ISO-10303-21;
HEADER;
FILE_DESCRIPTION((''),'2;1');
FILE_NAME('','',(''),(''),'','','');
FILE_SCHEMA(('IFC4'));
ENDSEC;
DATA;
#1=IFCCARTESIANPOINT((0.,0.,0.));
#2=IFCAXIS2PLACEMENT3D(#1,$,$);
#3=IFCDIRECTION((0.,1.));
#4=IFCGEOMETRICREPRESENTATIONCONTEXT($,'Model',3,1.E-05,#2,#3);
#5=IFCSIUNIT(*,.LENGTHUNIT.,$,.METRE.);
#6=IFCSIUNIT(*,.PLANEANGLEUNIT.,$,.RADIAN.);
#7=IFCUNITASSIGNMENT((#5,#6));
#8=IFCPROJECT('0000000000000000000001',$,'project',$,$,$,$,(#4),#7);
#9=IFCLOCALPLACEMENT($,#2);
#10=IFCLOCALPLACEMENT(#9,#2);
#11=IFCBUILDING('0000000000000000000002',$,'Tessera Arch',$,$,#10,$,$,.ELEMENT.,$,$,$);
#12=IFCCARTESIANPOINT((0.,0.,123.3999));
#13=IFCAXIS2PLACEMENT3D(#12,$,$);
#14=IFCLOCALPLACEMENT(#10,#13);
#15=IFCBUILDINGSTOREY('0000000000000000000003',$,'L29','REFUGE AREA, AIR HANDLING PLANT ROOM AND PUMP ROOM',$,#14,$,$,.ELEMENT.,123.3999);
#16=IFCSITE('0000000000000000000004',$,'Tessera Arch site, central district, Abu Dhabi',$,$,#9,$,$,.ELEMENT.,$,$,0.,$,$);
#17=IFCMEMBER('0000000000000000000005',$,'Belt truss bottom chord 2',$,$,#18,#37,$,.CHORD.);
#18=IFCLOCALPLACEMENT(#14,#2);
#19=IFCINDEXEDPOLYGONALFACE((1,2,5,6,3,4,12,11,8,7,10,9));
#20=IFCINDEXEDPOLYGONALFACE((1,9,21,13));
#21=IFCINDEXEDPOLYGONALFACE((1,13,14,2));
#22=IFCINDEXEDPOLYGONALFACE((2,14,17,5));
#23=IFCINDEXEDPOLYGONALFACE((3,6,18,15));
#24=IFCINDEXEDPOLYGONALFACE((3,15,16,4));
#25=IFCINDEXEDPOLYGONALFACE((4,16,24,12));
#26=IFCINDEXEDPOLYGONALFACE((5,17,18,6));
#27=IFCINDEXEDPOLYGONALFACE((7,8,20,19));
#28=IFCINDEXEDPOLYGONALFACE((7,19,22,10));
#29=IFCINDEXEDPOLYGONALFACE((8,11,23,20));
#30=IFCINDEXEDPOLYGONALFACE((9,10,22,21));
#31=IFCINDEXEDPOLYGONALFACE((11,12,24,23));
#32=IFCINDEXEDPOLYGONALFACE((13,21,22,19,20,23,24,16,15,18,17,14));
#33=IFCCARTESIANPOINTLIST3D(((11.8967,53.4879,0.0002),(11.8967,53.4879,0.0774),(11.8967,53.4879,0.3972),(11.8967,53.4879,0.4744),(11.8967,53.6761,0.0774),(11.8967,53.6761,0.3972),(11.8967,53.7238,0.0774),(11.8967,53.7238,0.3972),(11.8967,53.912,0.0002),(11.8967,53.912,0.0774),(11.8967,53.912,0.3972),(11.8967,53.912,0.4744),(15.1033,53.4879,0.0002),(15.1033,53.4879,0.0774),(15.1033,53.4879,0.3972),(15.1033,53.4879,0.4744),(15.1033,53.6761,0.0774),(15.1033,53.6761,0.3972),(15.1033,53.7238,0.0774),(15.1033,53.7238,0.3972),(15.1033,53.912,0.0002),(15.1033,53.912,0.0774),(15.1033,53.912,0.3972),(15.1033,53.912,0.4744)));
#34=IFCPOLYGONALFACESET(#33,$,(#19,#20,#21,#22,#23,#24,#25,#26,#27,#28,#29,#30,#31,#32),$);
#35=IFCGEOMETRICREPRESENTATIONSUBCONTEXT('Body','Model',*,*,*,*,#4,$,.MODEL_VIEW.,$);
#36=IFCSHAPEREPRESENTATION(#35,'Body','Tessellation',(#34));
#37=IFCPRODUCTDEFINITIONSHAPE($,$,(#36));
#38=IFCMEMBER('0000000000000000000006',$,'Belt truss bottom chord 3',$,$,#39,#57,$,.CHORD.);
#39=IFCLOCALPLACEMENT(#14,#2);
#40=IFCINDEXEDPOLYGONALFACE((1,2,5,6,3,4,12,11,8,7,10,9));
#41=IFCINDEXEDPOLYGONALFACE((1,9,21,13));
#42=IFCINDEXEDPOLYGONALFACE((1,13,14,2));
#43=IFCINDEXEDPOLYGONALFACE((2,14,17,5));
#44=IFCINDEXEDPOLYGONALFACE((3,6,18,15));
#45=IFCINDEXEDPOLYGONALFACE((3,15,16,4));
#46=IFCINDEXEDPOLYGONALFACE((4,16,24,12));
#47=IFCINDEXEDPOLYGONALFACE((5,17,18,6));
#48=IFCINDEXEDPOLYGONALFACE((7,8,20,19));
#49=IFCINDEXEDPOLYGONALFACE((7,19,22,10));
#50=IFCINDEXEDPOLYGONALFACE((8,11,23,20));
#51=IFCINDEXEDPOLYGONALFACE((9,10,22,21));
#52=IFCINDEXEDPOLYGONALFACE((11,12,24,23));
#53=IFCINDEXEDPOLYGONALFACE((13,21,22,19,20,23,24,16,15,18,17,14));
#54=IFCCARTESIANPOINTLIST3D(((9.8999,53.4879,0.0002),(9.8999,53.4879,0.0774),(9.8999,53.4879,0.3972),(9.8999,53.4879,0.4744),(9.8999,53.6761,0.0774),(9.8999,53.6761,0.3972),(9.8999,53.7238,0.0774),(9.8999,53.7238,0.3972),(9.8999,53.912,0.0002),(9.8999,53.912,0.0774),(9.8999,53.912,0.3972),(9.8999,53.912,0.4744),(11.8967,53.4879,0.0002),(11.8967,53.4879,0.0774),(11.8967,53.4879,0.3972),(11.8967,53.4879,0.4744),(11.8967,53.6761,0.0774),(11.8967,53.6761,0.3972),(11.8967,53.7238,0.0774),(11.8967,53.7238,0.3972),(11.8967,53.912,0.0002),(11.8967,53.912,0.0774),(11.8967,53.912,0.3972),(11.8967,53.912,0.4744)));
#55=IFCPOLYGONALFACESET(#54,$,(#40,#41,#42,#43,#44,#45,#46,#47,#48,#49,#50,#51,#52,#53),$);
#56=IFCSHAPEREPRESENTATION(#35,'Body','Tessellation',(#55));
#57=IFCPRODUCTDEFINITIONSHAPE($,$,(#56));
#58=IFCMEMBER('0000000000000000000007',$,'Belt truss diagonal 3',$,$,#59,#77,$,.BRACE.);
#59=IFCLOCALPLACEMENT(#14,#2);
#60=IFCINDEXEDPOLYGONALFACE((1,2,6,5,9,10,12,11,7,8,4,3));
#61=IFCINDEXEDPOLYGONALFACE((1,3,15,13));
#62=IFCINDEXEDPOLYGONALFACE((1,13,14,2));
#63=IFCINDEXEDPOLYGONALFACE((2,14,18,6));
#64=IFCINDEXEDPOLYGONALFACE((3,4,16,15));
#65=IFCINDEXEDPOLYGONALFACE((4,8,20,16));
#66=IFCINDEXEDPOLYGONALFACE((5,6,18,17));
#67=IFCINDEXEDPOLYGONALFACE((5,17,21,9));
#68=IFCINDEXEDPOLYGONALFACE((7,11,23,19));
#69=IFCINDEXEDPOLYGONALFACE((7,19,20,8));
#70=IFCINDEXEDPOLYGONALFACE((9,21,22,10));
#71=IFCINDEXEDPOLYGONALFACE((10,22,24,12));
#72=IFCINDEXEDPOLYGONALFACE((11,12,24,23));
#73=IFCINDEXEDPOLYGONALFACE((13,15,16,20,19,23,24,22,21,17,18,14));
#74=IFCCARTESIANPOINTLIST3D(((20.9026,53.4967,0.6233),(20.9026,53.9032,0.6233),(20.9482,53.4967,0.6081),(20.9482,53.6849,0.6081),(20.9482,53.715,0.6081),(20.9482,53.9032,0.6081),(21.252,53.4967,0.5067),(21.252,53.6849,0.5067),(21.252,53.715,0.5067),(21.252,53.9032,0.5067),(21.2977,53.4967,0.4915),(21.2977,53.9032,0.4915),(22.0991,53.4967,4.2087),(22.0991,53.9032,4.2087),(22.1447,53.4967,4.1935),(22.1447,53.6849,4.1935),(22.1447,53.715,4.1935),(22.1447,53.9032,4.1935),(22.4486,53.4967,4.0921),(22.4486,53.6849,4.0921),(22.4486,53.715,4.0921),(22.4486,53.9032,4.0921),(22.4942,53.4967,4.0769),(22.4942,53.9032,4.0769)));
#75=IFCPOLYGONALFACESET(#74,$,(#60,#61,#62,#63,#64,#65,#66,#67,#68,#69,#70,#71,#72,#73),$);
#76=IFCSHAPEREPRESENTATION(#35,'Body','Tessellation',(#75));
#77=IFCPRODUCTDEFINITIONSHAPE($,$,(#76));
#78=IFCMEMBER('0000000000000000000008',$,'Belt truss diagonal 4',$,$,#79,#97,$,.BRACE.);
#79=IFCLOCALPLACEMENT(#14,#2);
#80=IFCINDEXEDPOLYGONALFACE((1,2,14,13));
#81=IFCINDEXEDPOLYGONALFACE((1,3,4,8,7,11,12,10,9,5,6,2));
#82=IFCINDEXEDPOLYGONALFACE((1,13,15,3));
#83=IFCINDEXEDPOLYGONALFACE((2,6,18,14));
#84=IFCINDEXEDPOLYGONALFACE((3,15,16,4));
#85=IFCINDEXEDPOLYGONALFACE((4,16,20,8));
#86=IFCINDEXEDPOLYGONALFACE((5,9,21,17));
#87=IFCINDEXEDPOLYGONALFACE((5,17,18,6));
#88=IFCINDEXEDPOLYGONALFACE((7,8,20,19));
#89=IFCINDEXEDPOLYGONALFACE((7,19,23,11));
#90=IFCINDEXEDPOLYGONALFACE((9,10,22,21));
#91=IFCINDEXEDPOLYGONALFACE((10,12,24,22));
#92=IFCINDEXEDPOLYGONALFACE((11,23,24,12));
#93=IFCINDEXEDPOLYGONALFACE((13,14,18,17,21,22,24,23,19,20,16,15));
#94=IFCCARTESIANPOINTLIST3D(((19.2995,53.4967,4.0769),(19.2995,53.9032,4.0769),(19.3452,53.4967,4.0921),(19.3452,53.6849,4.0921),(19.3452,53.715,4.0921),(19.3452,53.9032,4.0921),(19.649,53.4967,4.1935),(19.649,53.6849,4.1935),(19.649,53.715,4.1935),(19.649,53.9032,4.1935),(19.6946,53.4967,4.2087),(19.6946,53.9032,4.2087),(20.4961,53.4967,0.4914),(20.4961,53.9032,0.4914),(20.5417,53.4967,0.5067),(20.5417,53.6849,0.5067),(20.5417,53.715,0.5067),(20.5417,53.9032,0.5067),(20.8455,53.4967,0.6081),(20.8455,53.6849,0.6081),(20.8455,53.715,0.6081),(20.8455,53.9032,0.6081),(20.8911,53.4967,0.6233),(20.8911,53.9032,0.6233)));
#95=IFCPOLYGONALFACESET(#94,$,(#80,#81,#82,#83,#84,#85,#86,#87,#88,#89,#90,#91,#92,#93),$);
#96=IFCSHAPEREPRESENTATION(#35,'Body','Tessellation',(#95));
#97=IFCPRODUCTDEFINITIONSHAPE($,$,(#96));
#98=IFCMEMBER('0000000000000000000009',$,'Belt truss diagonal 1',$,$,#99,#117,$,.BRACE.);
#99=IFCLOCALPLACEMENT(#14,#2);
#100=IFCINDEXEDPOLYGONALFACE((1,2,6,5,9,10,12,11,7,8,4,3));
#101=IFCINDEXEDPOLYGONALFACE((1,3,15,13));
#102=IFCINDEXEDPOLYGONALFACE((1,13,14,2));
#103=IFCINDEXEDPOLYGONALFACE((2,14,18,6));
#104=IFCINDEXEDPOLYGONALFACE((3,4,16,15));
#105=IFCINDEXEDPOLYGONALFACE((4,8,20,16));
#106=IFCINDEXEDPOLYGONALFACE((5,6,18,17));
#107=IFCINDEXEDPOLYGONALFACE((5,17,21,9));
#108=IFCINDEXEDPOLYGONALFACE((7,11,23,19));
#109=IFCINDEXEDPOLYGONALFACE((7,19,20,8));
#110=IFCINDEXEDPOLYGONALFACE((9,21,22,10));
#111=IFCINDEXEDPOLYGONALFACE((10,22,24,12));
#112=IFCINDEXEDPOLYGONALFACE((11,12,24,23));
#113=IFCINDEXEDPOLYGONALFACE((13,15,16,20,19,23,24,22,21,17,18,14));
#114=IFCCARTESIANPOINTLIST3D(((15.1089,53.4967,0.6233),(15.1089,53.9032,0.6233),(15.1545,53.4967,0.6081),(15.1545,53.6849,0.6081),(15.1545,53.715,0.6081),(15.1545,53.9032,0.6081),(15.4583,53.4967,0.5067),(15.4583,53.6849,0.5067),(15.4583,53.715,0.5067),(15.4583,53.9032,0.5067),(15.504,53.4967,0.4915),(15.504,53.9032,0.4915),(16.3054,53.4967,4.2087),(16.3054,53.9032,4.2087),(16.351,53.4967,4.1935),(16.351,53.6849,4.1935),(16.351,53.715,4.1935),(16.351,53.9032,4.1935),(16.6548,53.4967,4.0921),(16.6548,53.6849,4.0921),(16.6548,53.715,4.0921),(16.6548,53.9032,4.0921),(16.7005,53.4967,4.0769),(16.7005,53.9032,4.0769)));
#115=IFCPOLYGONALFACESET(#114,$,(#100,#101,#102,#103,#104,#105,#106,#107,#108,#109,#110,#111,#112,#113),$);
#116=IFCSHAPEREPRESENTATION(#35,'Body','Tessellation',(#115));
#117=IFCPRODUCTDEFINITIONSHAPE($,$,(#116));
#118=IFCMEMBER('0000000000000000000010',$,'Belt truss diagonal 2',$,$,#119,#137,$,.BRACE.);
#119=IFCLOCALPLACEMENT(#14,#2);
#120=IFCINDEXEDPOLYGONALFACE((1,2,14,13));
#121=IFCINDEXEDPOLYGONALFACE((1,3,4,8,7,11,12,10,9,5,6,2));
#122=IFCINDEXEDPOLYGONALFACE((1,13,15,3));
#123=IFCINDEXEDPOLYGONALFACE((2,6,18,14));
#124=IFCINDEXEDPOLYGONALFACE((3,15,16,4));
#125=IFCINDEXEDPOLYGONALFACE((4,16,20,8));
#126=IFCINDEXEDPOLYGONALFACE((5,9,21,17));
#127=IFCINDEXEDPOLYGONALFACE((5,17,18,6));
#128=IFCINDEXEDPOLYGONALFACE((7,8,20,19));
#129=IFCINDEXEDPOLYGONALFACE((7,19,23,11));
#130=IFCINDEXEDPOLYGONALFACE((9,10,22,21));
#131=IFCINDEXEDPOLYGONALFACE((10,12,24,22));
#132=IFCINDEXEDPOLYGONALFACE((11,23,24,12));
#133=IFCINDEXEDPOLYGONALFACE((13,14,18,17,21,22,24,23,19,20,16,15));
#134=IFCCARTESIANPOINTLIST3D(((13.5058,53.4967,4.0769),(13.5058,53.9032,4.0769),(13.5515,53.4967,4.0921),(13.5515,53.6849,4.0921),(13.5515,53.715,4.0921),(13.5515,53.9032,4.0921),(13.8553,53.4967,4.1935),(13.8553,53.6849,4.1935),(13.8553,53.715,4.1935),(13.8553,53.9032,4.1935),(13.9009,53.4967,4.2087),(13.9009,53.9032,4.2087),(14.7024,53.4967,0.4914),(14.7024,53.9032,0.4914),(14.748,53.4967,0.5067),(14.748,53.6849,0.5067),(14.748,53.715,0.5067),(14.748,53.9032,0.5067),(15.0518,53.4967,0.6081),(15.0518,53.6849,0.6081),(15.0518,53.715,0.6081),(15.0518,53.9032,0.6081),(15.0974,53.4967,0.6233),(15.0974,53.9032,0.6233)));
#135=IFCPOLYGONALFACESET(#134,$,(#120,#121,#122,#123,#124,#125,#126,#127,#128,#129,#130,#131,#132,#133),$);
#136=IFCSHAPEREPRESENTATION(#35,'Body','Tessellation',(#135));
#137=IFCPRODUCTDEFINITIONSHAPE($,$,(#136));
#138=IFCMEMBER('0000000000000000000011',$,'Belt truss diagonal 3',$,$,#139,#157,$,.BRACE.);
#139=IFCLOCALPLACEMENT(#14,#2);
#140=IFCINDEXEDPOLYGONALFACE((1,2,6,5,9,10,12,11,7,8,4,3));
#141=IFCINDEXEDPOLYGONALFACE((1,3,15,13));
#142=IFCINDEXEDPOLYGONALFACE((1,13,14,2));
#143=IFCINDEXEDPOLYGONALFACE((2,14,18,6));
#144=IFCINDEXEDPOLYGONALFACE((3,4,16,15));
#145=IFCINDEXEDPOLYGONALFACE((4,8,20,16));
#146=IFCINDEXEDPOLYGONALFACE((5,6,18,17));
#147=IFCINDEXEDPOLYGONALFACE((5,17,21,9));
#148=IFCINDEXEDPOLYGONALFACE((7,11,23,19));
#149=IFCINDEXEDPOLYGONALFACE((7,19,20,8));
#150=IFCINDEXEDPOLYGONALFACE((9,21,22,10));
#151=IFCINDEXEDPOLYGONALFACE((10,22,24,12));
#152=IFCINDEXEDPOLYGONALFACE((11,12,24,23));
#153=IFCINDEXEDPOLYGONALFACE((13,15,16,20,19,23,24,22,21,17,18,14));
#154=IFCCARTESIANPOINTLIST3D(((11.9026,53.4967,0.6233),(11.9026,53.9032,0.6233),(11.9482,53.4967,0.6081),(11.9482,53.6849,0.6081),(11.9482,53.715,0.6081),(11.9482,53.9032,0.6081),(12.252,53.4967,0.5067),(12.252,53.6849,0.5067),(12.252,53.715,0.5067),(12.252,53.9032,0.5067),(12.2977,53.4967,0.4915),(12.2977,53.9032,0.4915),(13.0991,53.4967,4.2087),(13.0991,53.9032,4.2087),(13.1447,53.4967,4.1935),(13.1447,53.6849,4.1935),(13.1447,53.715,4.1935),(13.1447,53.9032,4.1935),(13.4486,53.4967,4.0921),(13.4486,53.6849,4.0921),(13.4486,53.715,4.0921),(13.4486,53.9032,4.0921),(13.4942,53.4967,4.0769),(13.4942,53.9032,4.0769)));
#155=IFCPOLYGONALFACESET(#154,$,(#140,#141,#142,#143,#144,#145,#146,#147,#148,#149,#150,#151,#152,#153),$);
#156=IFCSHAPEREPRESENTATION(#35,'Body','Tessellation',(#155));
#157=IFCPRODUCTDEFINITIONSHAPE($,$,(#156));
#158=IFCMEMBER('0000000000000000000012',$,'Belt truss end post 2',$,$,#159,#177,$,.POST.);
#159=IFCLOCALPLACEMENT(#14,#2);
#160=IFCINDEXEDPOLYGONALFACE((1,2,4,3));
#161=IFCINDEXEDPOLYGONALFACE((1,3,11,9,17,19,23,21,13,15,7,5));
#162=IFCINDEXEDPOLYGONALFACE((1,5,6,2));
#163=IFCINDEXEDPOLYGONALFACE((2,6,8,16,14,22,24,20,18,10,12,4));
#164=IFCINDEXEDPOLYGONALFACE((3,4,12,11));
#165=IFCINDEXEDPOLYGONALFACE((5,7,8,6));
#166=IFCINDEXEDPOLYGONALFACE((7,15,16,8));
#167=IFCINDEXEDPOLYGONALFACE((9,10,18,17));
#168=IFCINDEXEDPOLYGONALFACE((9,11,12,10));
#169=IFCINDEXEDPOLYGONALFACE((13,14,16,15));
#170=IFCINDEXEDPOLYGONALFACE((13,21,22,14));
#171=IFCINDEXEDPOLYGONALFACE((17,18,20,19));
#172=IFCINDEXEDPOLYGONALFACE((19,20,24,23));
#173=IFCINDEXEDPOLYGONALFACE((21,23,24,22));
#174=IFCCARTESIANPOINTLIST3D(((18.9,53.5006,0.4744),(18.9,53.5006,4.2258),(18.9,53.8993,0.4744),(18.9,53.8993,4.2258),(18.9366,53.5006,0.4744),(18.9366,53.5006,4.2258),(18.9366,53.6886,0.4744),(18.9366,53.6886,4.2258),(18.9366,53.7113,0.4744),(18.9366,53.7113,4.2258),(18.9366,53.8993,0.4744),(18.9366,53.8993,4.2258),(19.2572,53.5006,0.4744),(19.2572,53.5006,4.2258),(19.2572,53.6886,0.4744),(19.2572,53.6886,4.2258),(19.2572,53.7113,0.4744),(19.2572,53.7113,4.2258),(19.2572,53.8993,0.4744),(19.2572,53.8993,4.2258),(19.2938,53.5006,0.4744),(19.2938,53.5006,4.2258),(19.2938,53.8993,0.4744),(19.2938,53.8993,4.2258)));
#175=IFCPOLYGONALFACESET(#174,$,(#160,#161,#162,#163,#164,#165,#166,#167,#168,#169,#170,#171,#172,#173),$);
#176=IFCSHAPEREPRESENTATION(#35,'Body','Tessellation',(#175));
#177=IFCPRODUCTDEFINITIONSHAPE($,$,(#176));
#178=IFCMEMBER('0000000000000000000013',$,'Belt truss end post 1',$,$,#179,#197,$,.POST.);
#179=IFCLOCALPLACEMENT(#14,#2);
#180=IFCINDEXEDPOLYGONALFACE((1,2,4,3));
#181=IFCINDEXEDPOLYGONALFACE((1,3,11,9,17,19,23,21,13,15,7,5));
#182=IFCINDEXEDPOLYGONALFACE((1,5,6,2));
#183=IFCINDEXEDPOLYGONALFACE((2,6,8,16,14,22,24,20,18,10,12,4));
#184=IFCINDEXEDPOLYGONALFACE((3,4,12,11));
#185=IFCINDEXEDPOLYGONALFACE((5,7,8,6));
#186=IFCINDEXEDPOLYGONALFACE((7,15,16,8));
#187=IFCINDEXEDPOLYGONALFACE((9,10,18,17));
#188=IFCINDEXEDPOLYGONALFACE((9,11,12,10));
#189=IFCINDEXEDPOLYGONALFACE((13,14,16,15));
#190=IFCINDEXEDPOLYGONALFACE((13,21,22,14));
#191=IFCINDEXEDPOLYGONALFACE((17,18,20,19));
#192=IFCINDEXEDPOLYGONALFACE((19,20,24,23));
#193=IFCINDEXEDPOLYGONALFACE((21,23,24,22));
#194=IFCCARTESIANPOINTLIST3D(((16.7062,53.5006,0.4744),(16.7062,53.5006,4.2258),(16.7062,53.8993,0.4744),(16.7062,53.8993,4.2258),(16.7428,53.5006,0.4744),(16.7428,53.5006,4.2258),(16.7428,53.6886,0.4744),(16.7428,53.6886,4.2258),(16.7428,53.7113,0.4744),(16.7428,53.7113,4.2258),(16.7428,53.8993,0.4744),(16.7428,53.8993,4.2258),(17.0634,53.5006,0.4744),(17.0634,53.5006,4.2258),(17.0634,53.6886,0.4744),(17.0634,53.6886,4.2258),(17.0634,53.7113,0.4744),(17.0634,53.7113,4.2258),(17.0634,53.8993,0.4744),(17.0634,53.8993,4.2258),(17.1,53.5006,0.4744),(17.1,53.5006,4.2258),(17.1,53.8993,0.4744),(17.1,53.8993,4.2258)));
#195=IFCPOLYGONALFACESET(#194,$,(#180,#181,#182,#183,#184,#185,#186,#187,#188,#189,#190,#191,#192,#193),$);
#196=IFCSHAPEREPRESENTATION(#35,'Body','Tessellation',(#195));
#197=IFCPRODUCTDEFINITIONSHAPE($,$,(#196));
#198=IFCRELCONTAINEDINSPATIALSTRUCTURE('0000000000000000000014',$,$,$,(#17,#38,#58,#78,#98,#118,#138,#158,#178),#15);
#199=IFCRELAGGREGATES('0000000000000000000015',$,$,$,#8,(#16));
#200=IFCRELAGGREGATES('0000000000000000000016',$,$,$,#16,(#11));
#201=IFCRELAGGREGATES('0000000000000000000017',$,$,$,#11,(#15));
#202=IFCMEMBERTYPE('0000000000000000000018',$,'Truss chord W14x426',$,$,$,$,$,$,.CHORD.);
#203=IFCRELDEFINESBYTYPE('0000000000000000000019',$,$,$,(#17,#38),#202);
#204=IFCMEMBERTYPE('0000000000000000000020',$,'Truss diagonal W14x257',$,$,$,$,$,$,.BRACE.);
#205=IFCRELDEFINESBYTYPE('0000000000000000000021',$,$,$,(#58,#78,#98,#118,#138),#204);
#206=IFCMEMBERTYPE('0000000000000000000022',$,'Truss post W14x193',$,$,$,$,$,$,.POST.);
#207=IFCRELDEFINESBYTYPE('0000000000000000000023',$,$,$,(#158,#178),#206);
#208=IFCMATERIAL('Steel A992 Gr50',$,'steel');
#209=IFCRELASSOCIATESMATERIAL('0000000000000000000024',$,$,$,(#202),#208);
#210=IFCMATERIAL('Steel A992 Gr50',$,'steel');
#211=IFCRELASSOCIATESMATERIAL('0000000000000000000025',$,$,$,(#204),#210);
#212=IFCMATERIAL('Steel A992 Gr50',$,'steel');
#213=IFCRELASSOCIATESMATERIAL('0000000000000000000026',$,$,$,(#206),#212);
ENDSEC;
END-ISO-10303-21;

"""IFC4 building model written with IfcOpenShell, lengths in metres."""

from ifc_helpers import new_model, si_unit, direction, frame, origin, origin_2d, place, context, subcontext, project, spatial, i_section, extrude, material, material_profile, profile_set, type_object, element, save


model = new_model("IFC4")

# Units and contexts
model_context = context("Model", 3, precision=1e-05, world=origin(), true_north=direction((0.0, 1.0)))
body_context = subcontext(model_context, "Body", "Model", "MODEL_VIEW")
ifc_project = project(units=[si_unit("LENGTHUNIT", "METRE"), si_unit("PLANEANGLEUNIT", "RADIAN")], contexts=[model_context])

# Site, building, storey
site_placement = place(None, origin())
site = spatial("IfcSite", under=ifc_project, at=site_placement, Name="Tessera Arch site, central district, Abu Dhabi", CompositionType="ELEMENT", RefElevation=0.0)
building_placement = place(site_placement, origin())
building = spatial("IfcBuilding", under=site, at=building_placement, Name="Tessera Arch", CompositionType="ELEMENT")
storey_placement = place(building_placement, frame((0.0, 0.0, 123.3999)))
storey = spatial("IfcBuildingStorey", under=building, at=storey_placement, Name="L29", Description="REFUGE AREA, AIR HANDLING PLANT ROOM AND PUMP ROOM", CompositionType="ELEMENT", Elevation=123.3999)

# Members
ifc_material_1 = material(Name="Steel A992 Gr50", Category="steel")
ifc_material_profile_1 = material_profile(ifc_material_1, i_section(OverallWidth=0.4241, OverallDepth=0.4741, WebThickness=0.0476, FlangeThickness=0.0771, at=origin_2d()), Name="W14x426")
ifc_profile_set_1 = profile_set([ifc_material_profile_1], Name="Steel A992 Gr50")
member_type_1 = type_object("IfcMemberType", Name="Truss chord W14x426", PredefinedType="CHORD", material=ifc_profile_set_1)
member_1_placement = place(storey_placement, frame((15.1033, 53.7, 0.2373), z_axis=(-1.0, 0.0, 0.0), x_axis=(0.0, -1.0, 0.0)))
element("IfcMember", 1, at=member_1_placement, inside=storey, type_object=member_type_1, Name="Belt truss bottom chord 2", PredefinedType="CHORD", context=body_context, shape_type="SweptSolid", body=[
    extrude(i_section(OverallWidth=0.4241, OverallDepth=0.4741, WebThickness=0.0476, FlangeThickness=0.0771, at=origin_2d()), origin(), (0.0, 0.0, 1.0), 3.2065),
])
member_2_placement = place(storey_placement, frame((11.8967, 53.7, 0.2373), z_axis=(-1.0, 0.0, 0.0), x_axis=(0.0, -1.0, 0.0)))
element("IfcMember", 2, at=member_2_placement, inside=storey, type_object=member_type_1, Name="Belt truss bottom chord 3", PredefinedType="CHORD", context=body_context, shape_type="SweptSolid", body=[
    extrude(i_section(OverallWidth=0.4241, OverallDepth=0.4741, WebThickness=0.0476, FlangeThickness=0.0771, at=origin_2d()), origin(), (0.0, 0.0, 1.0), 1.9968),
])
ifc_material_2 = material(Name="Steel A992 Gr50", Category="steel")
ifc_material_profile_2 = material_profile(ifc_material_2, i_section(OverallWidth=0.4065, OverallDepth=0.4165, WebThickness=0.03, FlangeThickness=0.0481, at=origin_2d()), Name="W14x257")
ifc_profile_set_2 = profile_set([ifc_material_profile_2], Name="Steel A992 Gr50")
member_type_2 = type_object("IfcMemberType", Name="Truss diagonal W14x257", PredefinedType="BRACE", material=ifc_profile_set_2)
for number, where, z_axis, x_axis, name in (
    (3, (22.2966, 53.7, 4.1428), (-0.316557, 0.0, -0.948573), (0.0, -1.0, 0.0), "Belt truss diagonal 3"),
    (4, (20.6936, 53.7, 0.5574), (-0.316557, 0.0, 0.948573), (0.0, -1.0, 0.0), "Belt truss diagonal 4"),
    (5, (16.5029, 53.7, 4.1428), (-0.316557, 0.0, -0.948573), (0.0, -1.0, 0.0), "Belt truss diagonal 1"),
    (6, (14.8999, 53.7, 0.5574), (-0.316557, 0.0, 0.948573), (0.0, -1.0, 0.0), "Belt truss diagonal 2"),
    (7, (13.2966, 53.7, 4.1428), (-0.316557, 0.0, -0.948573), (0.0, -1.0, 0.0), "Belt truss diagonal 3"),
):
    element("IfcMember", number, at=place(storey_placement, frame(where, z_axis=z_axis, x_axis=x_axis)), inside=storey, type_object=member_type_2, Name=name, PredefinedType="BRACE", context=body_context, shape_type="SweptSolid", body=[
        extrude(i_section(OverallWidth=0.4065, OverallDepth=0.4165, WebThickness=0.03, FlangeThickness=0.0481, at=origin_2d()), origin(), (0.0, 0.0, 1.0), 3.7798),
    ])
ifc_material_3 = material(Name="Steel A992 Gr50", Category="steel")
ifc_material_profile_3 = material_profile(ifc_material_3, i_section(OverallWidth=0.3987, OverallDepth=0.3938, WebThickness=0.0227, FlangeThickness=0.0366, at=origin_2d()), Name="W14x193")
ifc_profile_set_3 = profile_set([ifc_material_profile_3], Name="Steel A992 Gr50")
member_type_3 = type_object("IfcMemberType", Name="Truss post W14x193", PredefinedType="POST", material=ifc_profile_set_3)
for number, where, z_axis, x_axis, name in (
    (8, (19.0969, 53.7, 0.4744), (0.0, 0.0, 1.0), (0.0, 1.0, 0.0), "Belt truss end post 2"),
    (9, (16.9031, 53.7, 0.4744), (0.0, 0.0, 1.0), (0.0, 1.0, 0.0), "Belt truss end post 1"),
):
    element("IfcMember", number, at=place(storey_placement, frame(where, z_axis=z_axis, x_axis=x_axis)), inside=storey, type_object=member_type_3, Name=name, PredefinedType="POST", context=body_context, shape_type="SweptSolid", body=[
        extrude(i_section(OverallWidth=0.3987, OverallDepth=0.3938, WebThickness=0.0227, FlangeThickness=0.0366, at=origin_2d()), origin(), (0.0, 0.0, 1.0), 3.7515),
    ])

save(model, "model.ifc")
